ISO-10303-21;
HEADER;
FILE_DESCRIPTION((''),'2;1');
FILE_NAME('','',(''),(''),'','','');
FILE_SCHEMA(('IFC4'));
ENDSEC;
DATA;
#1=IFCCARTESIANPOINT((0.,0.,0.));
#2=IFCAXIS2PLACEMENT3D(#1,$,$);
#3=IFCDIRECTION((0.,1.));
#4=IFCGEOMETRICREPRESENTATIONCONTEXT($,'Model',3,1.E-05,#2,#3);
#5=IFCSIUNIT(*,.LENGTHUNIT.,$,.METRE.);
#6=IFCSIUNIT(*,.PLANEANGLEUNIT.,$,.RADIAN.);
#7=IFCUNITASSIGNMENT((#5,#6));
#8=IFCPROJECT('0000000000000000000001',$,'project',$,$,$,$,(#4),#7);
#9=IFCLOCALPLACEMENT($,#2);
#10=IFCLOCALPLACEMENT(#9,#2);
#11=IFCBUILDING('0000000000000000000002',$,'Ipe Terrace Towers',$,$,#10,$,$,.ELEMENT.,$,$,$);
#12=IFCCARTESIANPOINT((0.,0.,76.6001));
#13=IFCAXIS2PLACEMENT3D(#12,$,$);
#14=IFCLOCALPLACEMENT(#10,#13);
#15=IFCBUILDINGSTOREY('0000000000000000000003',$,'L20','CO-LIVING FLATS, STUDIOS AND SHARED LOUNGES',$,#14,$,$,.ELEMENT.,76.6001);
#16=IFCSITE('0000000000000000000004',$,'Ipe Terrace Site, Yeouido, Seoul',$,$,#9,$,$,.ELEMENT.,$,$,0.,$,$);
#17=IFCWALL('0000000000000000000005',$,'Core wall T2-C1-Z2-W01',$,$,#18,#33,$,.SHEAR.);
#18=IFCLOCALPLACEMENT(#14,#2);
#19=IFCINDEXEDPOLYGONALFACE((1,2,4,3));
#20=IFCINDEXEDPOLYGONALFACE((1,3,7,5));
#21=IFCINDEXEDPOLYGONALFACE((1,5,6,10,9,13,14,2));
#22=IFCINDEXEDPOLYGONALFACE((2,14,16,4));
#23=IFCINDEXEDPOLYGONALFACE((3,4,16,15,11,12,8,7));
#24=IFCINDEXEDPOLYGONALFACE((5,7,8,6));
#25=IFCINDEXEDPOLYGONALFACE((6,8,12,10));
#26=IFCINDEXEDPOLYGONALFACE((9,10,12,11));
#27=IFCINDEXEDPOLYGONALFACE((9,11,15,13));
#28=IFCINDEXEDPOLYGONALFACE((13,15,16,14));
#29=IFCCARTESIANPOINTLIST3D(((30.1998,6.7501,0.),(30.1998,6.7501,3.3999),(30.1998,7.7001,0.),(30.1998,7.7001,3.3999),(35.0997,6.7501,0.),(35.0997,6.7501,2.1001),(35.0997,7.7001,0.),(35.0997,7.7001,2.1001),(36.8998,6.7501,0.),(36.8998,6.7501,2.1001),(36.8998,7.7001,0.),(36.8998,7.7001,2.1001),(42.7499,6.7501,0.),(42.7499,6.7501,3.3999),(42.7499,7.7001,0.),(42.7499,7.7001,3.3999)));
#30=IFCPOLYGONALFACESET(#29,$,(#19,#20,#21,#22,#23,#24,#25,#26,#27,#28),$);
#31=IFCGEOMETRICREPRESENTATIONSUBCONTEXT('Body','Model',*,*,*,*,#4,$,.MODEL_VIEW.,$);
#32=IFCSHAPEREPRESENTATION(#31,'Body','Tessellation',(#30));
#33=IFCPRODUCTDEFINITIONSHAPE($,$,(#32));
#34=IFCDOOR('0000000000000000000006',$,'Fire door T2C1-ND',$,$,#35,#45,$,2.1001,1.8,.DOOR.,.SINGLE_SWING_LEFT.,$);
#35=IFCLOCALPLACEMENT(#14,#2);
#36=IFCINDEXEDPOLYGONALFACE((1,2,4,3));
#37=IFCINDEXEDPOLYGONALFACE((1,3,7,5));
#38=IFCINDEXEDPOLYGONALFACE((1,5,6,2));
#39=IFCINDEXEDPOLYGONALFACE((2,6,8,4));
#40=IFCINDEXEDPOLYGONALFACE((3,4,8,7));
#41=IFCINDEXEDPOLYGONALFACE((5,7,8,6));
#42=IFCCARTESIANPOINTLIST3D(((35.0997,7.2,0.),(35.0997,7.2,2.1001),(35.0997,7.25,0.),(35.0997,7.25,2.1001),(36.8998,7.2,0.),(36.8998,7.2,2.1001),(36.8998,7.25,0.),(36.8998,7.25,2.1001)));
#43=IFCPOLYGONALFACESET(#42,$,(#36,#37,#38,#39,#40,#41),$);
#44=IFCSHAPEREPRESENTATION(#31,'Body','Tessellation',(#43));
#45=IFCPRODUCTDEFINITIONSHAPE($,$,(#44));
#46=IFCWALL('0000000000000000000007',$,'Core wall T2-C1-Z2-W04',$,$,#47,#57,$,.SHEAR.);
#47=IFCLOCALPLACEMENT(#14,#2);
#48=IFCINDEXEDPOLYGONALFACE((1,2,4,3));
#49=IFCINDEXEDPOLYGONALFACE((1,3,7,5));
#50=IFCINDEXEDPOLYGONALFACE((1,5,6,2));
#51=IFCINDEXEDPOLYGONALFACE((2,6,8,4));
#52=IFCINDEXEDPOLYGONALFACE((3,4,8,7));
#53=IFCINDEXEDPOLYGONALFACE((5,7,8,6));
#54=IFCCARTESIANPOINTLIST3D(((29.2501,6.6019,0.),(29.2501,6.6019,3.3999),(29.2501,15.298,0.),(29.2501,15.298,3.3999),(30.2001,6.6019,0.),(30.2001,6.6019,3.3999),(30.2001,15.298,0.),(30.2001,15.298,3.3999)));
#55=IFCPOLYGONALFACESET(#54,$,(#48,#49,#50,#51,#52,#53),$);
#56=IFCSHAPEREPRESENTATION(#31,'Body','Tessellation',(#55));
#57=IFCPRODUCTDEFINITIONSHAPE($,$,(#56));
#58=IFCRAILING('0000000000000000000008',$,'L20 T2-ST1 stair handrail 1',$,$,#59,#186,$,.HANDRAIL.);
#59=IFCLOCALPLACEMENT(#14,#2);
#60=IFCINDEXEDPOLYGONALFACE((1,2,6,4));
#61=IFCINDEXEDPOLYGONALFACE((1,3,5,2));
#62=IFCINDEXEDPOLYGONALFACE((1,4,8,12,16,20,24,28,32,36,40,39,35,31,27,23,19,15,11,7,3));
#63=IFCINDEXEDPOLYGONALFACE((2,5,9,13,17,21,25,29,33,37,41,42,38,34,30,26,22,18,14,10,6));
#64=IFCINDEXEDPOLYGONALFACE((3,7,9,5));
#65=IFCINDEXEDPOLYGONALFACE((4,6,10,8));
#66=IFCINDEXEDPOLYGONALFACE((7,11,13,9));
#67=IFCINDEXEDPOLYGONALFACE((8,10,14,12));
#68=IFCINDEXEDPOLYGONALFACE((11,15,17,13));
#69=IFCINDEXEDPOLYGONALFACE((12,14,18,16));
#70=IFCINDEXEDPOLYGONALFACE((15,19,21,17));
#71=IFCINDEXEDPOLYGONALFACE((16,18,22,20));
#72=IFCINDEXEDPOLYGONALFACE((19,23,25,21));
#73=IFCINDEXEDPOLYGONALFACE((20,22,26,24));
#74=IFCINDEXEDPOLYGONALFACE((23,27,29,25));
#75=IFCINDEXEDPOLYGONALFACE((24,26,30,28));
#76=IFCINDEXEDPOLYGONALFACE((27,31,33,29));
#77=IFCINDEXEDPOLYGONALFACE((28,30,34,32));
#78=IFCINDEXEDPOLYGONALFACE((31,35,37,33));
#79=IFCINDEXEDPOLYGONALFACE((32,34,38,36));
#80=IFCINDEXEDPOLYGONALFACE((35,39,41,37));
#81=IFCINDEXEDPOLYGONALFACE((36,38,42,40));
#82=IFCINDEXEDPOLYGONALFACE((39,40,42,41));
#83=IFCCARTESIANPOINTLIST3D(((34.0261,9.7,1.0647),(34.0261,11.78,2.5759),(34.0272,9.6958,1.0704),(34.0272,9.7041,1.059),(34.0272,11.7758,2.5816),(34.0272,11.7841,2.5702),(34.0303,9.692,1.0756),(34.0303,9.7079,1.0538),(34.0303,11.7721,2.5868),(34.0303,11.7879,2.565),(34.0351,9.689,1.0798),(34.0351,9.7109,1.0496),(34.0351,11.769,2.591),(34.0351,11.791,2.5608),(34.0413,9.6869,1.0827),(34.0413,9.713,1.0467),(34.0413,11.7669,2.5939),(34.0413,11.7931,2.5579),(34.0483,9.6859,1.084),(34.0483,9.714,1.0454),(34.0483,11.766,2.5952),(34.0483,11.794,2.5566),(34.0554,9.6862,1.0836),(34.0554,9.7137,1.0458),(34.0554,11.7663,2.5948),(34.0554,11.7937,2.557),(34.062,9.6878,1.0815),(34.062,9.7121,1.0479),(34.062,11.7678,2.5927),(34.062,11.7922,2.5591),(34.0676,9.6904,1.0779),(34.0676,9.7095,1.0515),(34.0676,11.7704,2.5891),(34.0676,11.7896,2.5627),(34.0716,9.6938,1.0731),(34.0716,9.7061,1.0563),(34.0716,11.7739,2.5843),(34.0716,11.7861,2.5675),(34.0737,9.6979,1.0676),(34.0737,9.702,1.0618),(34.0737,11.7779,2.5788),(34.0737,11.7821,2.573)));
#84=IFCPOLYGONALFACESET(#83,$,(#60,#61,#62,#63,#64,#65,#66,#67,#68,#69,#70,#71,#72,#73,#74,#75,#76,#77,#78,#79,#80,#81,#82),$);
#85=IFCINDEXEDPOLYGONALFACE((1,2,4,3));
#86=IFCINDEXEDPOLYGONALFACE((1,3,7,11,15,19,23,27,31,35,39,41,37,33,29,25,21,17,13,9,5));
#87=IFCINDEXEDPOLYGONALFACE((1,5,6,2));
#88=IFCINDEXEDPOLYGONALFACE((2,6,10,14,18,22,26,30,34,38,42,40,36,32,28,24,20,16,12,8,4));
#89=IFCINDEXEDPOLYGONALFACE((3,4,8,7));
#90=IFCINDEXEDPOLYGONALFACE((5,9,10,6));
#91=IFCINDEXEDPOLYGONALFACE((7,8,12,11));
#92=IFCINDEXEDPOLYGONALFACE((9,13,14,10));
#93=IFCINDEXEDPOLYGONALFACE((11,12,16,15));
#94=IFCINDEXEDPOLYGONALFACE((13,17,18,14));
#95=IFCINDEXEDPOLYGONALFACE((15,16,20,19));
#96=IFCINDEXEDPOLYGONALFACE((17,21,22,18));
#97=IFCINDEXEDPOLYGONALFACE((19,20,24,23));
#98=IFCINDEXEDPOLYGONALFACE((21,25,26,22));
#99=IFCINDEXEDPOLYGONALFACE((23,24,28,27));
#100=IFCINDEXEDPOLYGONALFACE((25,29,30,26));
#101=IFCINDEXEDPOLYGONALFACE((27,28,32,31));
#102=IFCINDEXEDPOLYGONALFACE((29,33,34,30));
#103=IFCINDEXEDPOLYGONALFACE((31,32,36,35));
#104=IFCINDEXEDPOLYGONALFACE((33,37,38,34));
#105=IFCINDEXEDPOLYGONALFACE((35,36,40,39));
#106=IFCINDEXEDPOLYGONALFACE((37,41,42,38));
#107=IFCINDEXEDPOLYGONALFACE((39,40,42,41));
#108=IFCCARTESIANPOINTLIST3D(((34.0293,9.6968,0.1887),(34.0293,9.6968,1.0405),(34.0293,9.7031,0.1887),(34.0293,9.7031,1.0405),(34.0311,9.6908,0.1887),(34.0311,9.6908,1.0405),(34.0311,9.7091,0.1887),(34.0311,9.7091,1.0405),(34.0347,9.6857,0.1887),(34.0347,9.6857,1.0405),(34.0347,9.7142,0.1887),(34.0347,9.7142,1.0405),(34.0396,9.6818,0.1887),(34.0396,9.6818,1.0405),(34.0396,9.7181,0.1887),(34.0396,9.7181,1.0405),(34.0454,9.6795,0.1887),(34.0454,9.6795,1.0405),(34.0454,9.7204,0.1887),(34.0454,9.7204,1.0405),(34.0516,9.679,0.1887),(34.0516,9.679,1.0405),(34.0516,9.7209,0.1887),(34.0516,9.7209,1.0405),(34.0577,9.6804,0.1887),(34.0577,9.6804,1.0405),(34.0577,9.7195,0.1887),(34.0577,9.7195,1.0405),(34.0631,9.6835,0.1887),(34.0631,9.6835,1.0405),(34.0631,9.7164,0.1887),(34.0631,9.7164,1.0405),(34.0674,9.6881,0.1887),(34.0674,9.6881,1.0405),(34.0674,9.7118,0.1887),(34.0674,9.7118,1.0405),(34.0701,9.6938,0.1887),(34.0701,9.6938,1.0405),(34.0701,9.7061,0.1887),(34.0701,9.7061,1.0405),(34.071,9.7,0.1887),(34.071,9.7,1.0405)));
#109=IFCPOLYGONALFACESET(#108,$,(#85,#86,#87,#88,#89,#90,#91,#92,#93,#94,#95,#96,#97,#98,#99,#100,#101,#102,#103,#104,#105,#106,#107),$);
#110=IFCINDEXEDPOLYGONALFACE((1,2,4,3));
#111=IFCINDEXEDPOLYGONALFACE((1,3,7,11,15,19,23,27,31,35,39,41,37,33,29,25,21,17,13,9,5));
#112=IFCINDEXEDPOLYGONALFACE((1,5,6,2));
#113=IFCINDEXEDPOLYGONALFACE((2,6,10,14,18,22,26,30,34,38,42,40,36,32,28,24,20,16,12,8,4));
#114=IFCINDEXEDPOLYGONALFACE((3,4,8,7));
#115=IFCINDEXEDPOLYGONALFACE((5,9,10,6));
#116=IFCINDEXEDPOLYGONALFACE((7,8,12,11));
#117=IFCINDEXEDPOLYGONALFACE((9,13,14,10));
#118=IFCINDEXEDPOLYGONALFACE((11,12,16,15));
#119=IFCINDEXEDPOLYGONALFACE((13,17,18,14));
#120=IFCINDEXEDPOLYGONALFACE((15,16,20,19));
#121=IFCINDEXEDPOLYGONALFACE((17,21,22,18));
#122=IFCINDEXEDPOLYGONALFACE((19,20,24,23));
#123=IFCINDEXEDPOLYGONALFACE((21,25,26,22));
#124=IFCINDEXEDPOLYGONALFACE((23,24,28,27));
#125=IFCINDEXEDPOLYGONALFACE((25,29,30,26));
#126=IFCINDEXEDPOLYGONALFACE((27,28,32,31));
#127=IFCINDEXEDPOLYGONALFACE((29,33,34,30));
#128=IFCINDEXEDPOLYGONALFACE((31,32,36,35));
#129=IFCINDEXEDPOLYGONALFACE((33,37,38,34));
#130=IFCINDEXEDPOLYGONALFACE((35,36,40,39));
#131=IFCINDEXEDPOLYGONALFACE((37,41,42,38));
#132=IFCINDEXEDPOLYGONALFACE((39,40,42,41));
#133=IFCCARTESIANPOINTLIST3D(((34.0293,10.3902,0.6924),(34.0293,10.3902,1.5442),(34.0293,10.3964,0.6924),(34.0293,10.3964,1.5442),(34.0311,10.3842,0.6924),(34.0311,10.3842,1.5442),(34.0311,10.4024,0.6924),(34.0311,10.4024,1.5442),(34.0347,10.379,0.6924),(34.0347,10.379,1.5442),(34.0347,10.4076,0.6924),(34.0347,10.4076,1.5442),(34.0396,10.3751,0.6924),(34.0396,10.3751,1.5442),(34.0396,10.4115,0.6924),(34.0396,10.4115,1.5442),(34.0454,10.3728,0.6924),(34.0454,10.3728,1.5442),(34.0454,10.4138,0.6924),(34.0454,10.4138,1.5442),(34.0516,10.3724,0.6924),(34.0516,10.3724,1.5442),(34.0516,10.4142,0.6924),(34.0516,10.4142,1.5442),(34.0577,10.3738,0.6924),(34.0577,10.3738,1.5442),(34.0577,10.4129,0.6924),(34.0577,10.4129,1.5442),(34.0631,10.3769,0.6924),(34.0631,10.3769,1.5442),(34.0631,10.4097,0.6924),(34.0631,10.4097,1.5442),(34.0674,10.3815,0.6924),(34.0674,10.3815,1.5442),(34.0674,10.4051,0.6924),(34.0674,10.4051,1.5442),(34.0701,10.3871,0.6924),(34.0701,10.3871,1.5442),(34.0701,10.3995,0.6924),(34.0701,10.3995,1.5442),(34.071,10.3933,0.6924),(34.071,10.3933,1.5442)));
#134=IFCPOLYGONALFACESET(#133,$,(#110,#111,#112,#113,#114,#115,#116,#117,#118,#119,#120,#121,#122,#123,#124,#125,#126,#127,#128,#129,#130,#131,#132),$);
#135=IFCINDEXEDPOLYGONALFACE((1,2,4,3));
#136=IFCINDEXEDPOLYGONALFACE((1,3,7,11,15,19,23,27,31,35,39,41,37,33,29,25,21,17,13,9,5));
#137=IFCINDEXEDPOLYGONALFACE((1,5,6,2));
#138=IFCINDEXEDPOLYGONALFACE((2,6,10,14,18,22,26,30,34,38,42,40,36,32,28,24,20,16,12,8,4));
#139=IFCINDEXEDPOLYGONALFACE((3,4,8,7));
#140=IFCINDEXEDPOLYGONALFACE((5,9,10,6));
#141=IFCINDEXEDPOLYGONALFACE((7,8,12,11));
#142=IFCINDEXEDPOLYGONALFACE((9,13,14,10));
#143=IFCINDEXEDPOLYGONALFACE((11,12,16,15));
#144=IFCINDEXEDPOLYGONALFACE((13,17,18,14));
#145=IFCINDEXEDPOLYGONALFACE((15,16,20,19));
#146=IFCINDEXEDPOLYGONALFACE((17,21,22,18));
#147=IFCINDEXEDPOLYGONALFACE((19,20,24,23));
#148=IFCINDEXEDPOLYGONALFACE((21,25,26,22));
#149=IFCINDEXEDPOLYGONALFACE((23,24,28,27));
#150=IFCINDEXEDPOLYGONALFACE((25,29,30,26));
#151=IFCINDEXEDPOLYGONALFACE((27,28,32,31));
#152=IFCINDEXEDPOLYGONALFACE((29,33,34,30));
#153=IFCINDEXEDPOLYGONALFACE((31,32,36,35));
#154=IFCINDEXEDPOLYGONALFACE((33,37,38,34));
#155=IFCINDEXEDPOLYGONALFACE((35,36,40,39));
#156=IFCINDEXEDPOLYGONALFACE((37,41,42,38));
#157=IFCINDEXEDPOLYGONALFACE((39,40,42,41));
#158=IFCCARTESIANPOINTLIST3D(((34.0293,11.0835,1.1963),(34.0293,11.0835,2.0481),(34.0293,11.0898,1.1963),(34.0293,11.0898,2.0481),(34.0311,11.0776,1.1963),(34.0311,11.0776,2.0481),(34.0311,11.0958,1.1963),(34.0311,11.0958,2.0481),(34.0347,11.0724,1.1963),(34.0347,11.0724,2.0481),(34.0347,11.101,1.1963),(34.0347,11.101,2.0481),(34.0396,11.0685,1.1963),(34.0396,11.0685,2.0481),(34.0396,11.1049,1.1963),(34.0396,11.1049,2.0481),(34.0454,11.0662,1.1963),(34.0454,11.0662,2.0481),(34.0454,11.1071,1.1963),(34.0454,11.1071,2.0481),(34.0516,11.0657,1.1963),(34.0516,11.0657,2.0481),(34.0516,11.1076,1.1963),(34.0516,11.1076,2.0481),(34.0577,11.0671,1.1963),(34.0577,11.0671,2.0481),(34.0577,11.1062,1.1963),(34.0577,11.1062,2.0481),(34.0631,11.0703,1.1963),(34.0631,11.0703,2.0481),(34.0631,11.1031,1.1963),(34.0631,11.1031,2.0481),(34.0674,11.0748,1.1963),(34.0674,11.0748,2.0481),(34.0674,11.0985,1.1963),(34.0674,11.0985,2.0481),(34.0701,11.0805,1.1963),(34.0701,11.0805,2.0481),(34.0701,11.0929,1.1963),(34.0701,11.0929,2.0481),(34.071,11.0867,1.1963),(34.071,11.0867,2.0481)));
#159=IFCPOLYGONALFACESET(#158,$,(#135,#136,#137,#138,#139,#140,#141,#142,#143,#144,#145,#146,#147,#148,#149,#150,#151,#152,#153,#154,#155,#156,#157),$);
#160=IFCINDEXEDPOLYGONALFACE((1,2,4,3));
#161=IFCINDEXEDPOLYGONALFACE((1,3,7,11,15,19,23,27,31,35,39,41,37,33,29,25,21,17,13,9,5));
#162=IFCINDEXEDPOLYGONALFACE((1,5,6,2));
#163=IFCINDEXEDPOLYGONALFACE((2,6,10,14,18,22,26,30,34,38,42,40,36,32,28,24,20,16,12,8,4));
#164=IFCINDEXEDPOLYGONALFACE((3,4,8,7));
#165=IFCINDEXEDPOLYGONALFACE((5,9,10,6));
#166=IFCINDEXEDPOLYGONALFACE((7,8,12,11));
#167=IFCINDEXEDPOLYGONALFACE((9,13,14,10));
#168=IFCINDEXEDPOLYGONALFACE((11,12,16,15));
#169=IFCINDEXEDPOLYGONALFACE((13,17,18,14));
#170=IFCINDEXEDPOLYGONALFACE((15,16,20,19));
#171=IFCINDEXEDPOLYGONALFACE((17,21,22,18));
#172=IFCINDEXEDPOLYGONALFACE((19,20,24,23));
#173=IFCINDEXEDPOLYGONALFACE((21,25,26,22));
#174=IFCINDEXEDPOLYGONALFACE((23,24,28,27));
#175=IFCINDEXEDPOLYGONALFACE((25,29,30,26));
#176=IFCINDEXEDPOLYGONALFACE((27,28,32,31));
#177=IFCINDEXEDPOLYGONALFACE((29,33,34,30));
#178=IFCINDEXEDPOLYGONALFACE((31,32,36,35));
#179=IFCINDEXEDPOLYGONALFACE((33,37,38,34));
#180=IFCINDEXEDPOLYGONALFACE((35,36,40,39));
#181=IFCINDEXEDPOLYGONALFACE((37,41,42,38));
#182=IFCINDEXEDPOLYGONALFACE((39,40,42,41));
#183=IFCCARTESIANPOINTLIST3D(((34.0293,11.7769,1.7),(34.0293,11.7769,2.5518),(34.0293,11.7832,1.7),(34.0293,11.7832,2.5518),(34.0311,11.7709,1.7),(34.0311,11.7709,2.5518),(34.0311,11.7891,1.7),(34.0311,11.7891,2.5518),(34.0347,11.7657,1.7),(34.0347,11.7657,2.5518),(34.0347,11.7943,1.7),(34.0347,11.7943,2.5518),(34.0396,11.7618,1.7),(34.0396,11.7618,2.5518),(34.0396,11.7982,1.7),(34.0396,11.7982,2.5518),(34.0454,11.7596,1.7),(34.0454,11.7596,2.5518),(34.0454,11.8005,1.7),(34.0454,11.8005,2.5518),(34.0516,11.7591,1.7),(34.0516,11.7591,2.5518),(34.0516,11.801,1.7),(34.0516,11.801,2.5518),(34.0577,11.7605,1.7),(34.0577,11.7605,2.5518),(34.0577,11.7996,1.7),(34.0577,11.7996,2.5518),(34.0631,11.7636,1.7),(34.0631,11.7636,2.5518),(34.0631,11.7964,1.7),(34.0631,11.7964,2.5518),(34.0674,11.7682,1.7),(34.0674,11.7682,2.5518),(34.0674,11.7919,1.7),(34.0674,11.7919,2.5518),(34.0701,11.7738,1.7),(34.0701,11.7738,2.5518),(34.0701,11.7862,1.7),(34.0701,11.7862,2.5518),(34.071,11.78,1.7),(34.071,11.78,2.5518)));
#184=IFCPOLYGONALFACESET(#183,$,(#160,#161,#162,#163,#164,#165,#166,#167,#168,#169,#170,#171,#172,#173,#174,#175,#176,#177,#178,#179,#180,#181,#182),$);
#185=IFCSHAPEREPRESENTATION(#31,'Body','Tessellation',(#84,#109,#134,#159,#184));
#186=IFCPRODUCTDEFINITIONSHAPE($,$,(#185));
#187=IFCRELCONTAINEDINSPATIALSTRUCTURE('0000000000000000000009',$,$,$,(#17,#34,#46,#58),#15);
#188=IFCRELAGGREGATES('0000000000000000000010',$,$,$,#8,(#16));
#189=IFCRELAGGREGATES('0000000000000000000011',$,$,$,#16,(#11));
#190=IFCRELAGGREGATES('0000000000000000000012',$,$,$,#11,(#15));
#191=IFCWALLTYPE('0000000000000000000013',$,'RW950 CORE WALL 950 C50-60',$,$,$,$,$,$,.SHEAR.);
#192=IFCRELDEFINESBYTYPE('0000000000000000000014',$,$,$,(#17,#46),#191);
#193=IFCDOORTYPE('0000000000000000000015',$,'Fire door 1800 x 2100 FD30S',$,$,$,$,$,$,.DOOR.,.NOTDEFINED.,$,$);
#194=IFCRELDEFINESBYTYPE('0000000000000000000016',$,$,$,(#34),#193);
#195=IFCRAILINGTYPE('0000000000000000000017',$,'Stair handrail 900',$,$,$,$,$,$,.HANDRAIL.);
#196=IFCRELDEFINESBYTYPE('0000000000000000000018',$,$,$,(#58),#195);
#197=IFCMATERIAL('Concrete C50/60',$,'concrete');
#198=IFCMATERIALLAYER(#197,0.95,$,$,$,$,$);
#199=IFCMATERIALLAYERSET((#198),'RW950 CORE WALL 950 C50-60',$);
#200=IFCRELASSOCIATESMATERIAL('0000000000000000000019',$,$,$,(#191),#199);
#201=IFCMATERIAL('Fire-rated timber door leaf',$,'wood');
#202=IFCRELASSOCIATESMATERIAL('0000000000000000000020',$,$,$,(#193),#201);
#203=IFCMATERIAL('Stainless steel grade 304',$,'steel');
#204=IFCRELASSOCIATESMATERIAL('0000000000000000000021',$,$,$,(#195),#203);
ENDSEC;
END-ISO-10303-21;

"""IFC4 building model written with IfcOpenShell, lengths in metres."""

from ifc_helpers import new_model, si_unit, direction, frame, frame_2d, origin, origin_2d, place, context, subcontext, project, spatial, rectangle, circle, extrude, material, layer, layer_set, type_object, element, fill, save


model = new_model("IFC4")

# Units and contexts
model_context = context("Model", 3, precision=1e-05, world=origin(), true_north=direction((0.0, 1.0)))
body_context = subcontext(model_context, "Body", "Model", "MODEL_VIEW")
ifc_project = project(units=[si_unit("LENGTHUNIT", "METRE"), si_unit("PLANEANGLEUNIT", "RADIAN")], contexts=[model_context])

# Site, building, storey
site_placement = place(None, origin())
site = spatial("IfcSite", under=ifc_project, at=site_placement, Name="Ipe Terrace Site, Yeouido, Seoul", CompositionType="ELEMENT", RefElevation=0.0)
building_placement = place(site_placement, origin())
building = spatial("IfcBuilding", under=site, at=building_placement, Name="Ipe Terrace Towers", CompositionType="ELEMENT")
storey_placement = place(building_placement, frame((0.0, 0.0, 76.6001)))
storey = spatial("IfcBuildingStorey", under=building, at=storey_placement, Name="L20", Description="CO-LIVING FLATS, STUDIOS AND SHARED LOUNGES", CompositionType="ELEMENT", Elevation=76.6001)

# Wall, opening, door
ifc_material_1 = material(Name="Concrete C50/60", Category="concrete")
ifc_layer_1 = layer(ifc_material_1, 0.95)
ifc_layer_set_1 = layer_set([ifc_layer_1], Name="RW950 CORE WALL 950 C50-60")
wall_type_1 = type_object("IfcWallType", Name="RW950 CORE WALL 950 C50-60", PredefinedType="SHEAR", material=ifc_layer_set_1)
wall_1_placement = place(storey_placement, frame((30.2, 7.2251, 0.0), z_axis=(0.0, 0.0, 1.0), x_axis=(1.0, 0.0, 0.0)))
wall_1 = element("IfcWall", 1, at=wall_1_placement, inside=storey, type_object=wall_type_1, Name="Core wall T2-C1-Z2-W01", PredefinedType="SHEAR", context=body_context, shape_type="SweptSolid", body=[
    extrude(rectangle(XDim=12.55, YDim=0.95, at=frame_2d((6.2749, 0.0))), origin(), (0.0, 0.0, 1.0), 3.3999),
])
opening_1_placement = place(wall_1_placement, frame((4.8999, 0.0, 0.0)))
opening_1 = element("IfcOpeningElement", 2, at=opening_1_placement, cuts=wall_1, PredefinedType="OPENING", context=body_context, shape_type="SweptSolid", body=[
    extrude(rectangle(XDim=1.8, YDim=2.1001, at=frame_2d((0.8999, 1.05))), frame((0.0, 0.4849, 0.0), z_axis=(0.0, -1.0, 0.0), x_axis=(1.0, 0.0, 0.0)), (0.0, 0.0, 1.0), 0.97),
])
ifc_material_2 = material(Name="Fire-rated timber door leaf", Category="wood")
door_type_1 = type_object("IfcDoorType", Name="Fire door 1800 x 2100 FD30S", OperationType="NOTDEFINED", PredefinedType="DOOR", material=ifc_material_2)
door_1_placement = place(opening_1_placement, origin())
door_1 = element("IfcDoor", 3, at=door_1_placement, inside=storey, type_object=door_type_1, Name="Fire door T2C1-ND", OperationType="SINGLE_SWING_LEFT", OverallHeight=2.1001, OverallWidth=1.8, PredefinedType="DOOR", context=body_context, shape_type="SweptSolid", body=[
    extrude(rectangle(XDim=1.8, YDim=2.1001, at=frame_2d((0.8999, 1.05))), frame((0.0, 0.0249, 0.0), z_axis=(0.0, -1.0, 0.0), x_axis=(1.0, 0.0, 0.0)), (0.0, 0.0, 1.0), 0.05),
])
fill(opening_1, door_1)

# Wall
wall_2_placement = place(storey_placement, frame((29.7251, 15.2981, 0.0), z_axis=(0.0, 0.0, 1.0), x_axis=(0.0, -1.0, 0.0)))
element("IfcWall", 4, at=wall_2_placement, inside=storey, type_object=wall_type_1, Name="Core wall T2-C1-Z2-W04", PredefinedType="SHEAR", context=body_context, shape_type="SweptSolid", body=[
    extrude(rectangle(XDim=8.696, YDim=0.95, at=frame_2d((4.3481, 0.0))), origin(), (0.0, 0.0, 1.0), 3.3999),
])

# Railing
ifc_material_3 = material(Name="Stainless steel grade 304", Category="steel")
railing_type_1 = type_object("IfcRailingType", Name="Stair handrail 900", PredefinedType="HANDRAIL", material=ifc_material_3)
railing_1_placement = place(storey_placement, frame((34.05, 9.7, 0.1887)))
element("IfcRailing", 5, at=railing_1_placement, inside=storey, type_object=railing_type_1, Name="L20 T2-ST1 stair handrail 1", PredefinedType="HANDRAIL", context=body_context, shape_type="SweptSolid", body=[
    extrude(circle(Radius=0.0239, at=origin_2d()), frame((0.0, 0.0, 0.876), z_axis=(0.0, 0.809023, 0.587776), x_axis=(-1.0, 0.0, 0.0)), (0.0, 0.0, 1.0), 2.571),
    extrude(circle(Radius=0.021, at=origin_2d()), origin(), (0.0, 0.0, 1.0), 0.8518),
    extrude(circle(Radius=0.021, at=origin_2d()), frame((0.0, 0.6934, 0.5037)), (0.0, 0.0, 1.0), 0.8518),
    extrude(circle(Radius=0.021, at=origin_2d()), frame((0.0, 1.3867, 1.0076)), (0.0, 0.0, 1.0), 0.8518),
    extrude(circle(Radius=0.021, at=origin_2d()), frame((0.0, 2.0801, 1.5112)), (0.0, 0.0, 1.0), 0.8518),
])

save(model, "model.ifc")
